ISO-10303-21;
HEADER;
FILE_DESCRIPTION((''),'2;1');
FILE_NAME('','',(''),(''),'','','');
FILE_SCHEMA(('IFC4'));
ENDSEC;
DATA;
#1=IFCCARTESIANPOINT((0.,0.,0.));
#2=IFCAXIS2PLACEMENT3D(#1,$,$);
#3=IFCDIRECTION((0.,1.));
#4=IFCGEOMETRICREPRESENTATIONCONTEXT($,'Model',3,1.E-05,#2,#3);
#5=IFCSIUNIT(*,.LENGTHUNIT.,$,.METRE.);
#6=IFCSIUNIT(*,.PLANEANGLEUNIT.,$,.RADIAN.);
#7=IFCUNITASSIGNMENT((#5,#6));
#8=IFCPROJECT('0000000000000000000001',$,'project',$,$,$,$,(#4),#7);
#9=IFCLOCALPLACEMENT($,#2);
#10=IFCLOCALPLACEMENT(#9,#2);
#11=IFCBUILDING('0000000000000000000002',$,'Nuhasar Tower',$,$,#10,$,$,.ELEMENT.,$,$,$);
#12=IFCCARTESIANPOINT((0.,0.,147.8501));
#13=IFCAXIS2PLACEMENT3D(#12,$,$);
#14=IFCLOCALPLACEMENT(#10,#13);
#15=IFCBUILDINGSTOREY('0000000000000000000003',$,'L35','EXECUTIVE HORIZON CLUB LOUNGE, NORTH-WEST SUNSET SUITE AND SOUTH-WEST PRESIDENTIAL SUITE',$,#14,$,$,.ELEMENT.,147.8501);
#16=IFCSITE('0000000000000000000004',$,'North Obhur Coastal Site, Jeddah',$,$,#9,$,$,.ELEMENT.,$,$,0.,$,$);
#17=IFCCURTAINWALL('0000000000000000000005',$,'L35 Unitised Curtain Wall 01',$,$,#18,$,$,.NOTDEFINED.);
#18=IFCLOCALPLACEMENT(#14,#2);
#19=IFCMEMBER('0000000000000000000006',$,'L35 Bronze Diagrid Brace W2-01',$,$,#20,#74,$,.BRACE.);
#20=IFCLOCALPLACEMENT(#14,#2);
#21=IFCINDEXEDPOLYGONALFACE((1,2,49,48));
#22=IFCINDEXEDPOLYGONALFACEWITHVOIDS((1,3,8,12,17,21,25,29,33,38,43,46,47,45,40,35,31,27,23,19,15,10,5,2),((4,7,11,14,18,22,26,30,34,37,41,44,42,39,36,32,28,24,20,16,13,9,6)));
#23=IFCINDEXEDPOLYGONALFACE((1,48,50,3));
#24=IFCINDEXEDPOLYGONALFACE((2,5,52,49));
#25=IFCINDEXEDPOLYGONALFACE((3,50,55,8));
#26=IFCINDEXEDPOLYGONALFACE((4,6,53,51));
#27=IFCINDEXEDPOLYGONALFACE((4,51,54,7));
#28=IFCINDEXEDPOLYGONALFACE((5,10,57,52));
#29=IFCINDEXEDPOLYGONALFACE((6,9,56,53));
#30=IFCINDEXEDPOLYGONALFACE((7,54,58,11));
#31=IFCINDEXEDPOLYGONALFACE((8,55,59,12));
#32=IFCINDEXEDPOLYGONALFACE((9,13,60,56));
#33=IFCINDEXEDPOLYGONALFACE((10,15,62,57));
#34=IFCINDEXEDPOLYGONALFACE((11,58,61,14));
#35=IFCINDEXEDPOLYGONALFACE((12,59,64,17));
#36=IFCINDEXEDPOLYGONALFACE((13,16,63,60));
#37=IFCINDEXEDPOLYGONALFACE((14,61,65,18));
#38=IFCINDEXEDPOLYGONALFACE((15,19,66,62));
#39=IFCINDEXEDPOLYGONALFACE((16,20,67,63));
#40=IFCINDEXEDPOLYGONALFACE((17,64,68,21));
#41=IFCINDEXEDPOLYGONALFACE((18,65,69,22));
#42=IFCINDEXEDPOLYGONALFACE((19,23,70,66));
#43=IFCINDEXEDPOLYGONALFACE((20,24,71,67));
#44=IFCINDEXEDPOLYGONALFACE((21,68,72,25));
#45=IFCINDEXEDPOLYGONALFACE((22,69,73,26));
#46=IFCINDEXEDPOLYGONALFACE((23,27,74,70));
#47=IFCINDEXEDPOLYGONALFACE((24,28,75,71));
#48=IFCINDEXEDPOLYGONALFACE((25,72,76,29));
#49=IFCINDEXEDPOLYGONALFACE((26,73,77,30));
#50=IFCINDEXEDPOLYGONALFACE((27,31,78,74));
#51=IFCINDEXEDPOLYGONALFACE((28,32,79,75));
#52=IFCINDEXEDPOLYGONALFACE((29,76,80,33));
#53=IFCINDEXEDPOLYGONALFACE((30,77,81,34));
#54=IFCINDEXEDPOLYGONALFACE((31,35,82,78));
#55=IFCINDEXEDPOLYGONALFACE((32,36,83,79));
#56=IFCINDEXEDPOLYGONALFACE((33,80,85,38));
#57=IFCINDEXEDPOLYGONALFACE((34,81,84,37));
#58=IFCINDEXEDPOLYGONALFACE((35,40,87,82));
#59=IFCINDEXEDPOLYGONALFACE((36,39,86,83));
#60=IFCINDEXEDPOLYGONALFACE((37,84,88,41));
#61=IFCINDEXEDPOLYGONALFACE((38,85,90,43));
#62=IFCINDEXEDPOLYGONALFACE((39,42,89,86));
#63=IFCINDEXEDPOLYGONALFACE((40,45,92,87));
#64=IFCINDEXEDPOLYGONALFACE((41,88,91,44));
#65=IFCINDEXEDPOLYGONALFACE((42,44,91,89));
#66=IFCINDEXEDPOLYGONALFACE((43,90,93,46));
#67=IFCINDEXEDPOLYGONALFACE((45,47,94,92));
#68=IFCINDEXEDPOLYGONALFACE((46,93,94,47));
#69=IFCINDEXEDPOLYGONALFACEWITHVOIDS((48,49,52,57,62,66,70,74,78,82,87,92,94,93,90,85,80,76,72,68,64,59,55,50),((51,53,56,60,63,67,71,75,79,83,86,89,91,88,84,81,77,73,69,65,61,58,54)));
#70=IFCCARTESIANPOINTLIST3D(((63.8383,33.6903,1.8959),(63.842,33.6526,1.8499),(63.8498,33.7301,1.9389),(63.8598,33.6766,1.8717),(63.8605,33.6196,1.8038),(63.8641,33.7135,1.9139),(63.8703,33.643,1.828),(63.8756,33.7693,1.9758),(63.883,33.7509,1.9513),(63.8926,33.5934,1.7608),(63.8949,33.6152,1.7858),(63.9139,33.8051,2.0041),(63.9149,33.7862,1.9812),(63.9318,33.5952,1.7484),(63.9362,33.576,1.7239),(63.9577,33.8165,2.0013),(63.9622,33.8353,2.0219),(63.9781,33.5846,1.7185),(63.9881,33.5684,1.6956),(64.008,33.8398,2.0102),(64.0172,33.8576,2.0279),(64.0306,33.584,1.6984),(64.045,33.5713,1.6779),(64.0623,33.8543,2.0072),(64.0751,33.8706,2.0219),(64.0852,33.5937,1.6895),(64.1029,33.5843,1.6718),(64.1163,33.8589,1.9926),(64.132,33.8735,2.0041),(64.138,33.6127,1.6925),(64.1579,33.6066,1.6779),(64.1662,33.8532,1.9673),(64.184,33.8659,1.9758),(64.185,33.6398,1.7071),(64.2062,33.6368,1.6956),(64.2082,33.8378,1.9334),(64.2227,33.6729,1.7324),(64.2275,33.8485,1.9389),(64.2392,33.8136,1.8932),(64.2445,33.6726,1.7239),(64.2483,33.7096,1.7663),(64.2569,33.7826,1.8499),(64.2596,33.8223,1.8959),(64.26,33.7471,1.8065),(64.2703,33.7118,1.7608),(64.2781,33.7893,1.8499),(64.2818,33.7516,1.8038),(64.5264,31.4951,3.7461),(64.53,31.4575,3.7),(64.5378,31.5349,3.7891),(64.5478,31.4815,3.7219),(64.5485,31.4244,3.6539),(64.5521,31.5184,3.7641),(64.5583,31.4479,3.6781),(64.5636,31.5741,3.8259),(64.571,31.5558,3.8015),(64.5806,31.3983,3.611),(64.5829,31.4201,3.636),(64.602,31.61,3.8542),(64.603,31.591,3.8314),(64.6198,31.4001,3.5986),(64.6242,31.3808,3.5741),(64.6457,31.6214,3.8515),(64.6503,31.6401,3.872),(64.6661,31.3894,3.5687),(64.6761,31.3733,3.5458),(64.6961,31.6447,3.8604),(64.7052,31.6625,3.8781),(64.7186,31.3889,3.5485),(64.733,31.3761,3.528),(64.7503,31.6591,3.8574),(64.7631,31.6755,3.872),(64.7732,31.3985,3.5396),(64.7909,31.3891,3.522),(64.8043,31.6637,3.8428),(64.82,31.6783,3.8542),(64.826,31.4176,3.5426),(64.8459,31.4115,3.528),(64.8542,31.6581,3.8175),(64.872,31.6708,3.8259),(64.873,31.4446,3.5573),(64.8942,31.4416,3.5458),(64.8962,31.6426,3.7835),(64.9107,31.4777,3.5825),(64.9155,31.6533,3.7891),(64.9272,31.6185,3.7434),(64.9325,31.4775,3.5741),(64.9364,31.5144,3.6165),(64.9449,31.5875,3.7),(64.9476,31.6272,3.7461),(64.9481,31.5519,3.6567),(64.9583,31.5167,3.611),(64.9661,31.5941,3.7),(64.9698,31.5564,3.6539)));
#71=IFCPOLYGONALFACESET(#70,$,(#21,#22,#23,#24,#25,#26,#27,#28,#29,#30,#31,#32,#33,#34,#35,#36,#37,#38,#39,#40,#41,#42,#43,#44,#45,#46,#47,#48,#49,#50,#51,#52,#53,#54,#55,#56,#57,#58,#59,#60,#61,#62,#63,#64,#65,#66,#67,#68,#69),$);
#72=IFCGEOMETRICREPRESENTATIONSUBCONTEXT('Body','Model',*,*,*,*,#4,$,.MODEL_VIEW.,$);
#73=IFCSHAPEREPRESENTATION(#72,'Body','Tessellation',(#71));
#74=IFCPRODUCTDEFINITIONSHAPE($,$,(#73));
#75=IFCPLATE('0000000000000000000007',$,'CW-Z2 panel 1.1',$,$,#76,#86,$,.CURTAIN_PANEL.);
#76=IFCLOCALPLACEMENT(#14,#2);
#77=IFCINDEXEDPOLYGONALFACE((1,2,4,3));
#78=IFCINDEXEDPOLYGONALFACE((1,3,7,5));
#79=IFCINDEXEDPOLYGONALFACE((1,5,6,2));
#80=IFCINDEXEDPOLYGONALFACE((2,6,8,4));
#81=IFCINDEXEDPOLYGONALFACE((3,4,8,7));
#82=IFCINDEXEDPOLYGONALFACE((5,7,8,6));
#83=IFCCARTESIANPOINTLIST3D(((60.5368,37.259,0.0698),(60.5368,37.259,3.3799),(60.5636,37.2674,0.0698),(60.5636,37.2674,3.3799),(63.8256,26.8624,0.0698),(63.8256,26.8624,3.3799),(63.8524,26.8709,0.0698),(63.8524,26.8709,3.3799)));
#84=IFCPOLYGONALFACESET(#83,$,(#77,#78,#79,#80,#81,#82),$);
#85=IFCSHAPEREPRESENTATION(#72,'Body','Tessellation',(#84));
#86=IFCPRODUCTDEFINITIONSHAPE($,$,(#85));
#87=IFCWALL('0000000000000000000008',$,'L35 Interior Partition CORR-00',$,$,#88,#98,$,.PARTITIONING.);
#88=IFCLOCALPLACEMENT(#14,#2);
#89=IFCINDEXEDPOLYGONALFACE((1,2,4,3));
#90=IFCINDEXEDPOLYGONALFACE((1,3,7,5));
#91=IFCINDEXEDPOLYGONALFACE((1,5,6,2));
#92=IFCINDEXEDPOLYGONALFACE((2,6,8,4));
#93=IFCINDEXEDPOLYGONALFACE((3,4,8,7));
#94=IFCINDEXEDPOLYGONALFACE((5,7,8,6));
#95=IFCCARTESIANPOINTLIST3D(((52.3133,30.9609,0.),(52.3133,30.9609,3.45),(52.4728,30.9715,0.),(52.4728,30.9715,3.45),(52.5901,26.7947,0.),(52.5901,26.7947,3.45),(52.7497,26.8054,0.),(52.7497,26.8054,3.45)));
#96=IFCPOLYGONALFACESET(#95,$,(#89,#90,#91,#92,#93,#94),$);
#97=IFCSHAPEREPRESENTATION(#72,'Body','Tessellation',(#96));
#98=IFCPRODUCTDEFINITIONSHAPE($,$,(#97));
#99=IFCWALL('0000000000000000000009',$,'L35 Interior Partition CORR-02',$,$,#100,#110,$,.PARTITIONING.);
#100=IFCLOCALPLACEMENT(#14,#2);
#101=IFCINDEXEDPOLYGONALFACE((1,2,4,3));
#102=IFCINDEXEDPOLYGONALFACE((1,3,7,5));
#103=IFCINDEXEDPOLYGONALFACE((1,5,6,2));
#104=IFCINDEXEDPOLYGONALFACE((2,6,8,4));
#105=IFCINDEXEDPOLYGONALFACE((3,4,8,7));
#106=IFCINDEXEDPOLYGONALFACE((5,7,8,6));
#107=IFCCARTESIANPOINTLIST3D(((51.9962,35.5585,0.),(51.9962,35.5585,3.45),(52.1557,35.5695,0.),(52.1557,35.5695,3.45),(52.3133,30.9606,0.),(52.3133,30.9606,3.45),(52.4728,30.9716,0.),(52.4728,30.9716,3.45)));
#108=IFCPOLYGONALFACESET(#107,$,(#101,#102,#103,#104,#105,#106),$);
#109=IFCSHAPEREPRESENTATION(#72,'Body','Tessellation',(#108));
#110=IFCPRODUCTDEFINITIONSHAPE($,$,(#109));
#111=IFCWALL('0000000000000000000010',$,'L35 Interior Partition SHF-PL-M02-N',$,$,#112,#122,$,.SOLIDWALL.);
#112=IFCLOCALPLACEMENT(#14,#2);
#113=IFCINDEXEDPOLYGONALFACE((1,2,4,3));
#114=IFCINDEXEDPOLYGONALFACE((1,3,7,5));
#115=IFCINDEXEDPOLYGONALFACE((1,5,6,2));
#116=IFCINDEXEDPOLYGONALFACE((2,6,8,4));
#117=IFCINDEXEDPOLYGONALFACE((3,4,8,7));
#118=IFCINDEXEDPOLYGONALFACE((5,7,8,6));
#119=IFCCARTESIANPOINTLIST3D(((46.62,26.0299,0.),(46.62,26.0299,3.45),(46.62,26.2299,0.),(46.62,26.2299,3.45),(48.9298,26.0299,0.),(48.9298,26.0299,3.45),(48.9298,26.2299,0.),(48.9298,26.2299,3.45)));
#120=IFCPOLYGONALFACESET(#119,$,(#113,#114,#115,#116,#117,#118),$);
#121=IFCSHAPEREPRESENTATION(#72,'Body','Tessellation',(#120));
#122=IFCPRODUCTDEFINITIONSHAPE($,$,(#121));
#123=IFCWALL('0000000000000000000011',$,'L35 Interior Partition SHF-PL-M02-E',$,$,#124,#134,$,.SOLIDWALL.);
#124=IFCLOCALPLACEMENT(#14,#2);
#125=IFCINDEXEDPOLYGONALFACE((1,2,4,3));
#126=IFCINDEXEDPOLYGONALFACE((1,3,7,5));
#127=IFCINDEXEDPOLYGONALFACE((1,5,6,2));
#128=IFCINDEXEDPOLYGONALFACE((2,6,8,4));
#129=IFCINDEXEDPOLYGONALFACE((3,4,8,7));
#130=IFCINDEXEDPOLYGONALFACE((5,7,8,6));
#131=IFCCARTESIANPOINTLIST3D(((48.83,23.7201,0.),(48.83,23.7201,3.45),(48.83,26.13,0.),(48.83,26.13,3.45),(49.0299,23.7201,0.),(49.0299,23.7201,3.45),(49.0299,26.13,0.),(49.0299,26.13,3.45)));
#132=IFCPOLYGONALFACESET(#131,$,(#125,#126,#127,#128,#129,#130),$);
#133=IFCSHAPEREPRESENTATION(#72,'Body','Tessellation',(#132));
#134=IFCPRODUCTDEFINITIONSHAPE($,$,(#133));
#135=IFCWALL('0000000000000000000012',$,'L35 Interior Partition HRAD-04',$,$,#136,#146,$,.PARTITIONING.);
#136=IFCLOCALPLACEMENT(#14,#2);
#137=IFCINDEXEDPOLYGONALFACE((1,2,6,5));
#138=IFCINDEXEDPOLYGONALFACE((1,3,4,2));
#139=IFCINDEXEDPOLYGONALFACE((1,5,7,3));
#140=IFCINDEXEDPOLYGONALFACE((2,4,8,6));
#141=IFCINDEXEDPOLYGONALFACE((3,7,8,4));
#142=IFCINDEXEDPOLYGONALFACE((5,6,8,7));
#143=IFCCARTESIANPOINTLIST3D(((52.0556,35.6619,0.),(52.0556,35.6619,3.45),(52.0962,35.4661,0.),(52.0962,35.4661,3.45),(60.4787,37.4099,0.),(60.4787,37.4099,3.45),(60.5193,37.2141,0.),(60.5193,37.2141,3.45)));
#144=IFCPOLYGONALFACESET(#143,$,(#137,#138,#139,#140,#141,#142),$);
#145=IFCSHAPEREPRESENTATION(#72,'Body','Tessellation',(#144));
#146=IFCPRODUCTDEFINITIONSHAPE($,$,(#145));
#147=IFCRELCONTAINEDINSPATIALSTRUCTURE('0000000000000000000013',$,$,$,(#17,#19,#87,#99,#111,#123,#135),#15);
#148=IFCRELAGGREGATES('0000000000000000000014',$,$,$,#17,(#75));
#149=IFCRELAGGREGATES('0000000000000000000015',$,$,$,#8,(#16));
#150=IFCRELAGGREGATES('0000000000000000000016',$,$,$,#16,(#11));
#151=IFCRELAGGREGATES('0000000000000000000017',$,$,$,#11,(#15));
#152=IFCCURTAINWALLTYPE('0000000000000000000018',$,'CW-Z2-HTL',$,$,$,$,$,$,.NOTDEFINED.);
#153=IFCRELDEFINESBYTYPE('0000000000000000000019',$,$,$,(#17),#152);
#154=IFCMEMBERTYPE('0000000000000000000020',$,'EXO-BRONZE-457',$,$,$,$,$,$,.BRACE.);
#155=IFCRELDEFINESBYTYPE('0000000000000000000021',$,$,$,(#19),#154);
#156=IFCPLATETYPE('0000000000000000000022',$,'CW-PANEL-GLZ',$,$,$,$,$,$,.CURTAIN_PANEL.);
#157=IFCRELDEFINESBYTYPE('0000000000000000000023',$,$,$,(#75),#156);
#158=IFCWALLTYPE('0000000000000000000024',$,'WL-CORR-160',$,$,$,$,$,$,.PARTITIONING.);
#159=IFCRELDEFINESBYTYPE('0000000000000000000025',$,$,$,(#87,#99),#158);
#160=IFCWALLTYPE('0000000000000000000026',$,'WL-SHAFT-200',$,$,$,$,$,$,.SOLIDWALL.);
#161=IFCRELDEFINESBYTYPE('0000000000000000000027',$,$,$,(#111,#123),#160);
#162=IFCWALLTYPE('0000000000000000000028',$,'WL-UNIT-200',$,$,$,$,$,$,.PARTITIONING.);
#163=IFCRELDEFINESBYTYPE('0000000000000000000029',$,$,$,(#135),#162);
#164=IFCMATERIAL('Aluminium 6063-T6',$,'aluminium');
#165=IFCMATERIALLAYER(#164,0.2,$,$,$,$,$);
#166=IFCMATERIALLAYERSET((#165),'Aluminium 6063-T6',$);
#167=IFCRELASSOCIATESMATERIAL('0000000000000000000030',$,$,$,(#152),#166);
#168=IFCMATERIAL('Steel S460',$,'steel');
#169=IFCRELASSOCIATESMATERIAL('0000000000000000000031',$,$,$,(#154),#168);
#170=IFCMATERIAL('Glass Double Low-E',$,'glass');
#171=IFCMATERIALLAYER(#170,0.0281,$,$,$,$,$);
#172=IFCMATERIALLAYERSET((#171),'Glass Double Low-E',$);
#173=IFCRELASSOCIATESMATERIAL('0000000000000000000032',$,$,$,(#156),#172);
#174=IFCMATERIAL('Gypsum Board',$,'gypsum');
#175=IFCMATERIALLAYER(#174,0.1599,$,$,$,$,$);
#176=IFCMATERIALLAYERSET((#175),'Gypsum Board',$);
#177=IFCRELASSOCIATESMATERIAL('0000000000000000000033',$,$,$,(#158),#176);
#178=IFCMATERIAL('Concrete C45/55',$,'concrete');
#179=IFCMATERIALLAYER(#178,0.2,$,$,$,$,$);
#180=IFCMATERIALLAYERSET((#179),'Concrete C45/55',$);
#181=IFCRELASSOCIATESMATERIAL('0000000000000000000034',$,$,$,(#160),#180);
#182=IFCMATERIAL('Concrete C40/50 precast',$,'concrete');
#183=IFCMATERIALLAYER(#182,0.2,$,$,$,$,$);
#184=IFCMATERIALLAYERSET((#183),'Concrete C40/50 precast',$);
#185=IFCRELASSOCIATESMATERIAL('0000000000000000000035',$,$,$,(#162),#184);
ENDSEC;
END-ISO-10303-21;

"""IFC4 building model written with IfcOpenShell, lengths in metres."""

from ifc_helpers import new_model, si_unit, direction, frame, frame_2d, origin, origin_2d, place, context, subcontext, project, spatial, rectangle, hollow_circle, extrude, material, layer, layer_set, material_profile, profile_set, type_object, element, aggregate, save


model = new_model("IFC4")

# Units and contexts
model_context = context("Model", 3, precision=1e-05, world=origin(), true_north=direction((0.0, 1.0)))
body_context = subcontext(model_context, "Body", "Model", "MODEL_VIEW")
ifc_project = project(units=[si_unit("LENGTHUNIT", "METRE"), si_unit("PLANEANGLEUNIT", "RADIAN")], contexts=[model_context])

# Site, building, storey
site_placement = place(None, origin())
site = spatial("IfcSite", under=ifc_project, at=site_placement, Name="North Obhur Coastal Site, Jeddah", CompositionType="ELEMENT", RefElevation=0.0)
building_placement = place(site_placement, origin())
building = spatial("IfcBuilding", under=site, at=building_placement, Name="Nuhasar Tower", CompositionType="ELEMENT")
storey_placement = place(building_placement, frame((0.0, 0.0, 147.8501)))
storey = spatial("IfcBuildingStorey", under=building, at=storey_placement, Name="L35", Description="EXECUTIVE HORIZON CLUB LOUNGE, NORTH-WEST SUNSET SUITE AND SOUTH-WEST PRESIDENTIAL SUITE", CompositionType="ELEMENT", Elevation=147.8501)

# Curtain wall
ifc_material_1 = material(Name="Aluminium 6063-T6", Category="aluminium")
ifc_layer_1 = layer(ifc_material_1, 0.2)
ifc_layer_set_1 = layer_set([ifc_layer_1], Name="Aluminium 6063-T6")
curtain_wall_type = type_object("IfcCurtainWallType", Name="CW-Z2-HTL", PredefinedType="NOTDEFINED", material=ifc_layer_set_1)
curtain_wall_1_placement = place(storey_placement, origin())
curtain_wall_1 = element("IfcCurtainWall", 1, at=curtain_wall_1_placement, inside=storey, type_object=curtain_wall_type, Name="L35 Unitised Curtain Wall 01", PredefinedType="NOTDEFINED")

# Member
ifc_material_2 = material(Name="Steel S460", Category="steel")
ifc_material_profile_1 = material_profile(ifc_material_2, hollow_circle(Radius=0.2285, WallThickness=0.0222, at=origin_2d()), Name="HSS457X22.2")
ifc_profile_set_1 = profile_set([ifc_material_profile_1], Name="Steel S460")
member_type_1 = type_object("IfcMemberType", Name="EXO-BRONZE-457", PredefinedType="BRACE", material=ifc_profile_set_1)
member_1_placement = place(storey_placement, frame((64.0601, 33.7209, 1.8499), z_axis=(0.233056, -0.743578, 0.626719), x_axis=(0.954228, 0.299079, 0.0)))
element("IfcMember", 2, at=member_1_placement, inside=storey, type_object=member_type_1, Name="L35 Bronze Diagrid Brace W2-01", PredefinedType="BRACE", context=body_context, shape_type="SweptSolid", body=[
    extrude(hollow_circle(Radius=0.2285, WallThickness=0.0222, at=origin_2d()), origin(), (0.0, 0.0, 1.0), 2.9521),
])

# Plate
ifc_material_3 = material(Name="Glass Double Low-E", Category="glass")
ifc_layer_2 = layer(ifc_material_3, 0.0281)
ifc_layer_set_2 = layer_set([ifc_layer_2], Name="Glass Double Low-E")
plate_type = type_object("IfcPlateType", Name="CW-PANEL-GLZ", PredefinedType="CURTAIN_PANEL", material=ifc_layer_set_2)
plate_placement = place(storey_placement, frame((62.1946, 32.0649, 0.0698), z_axis=(0.0, 0.0, 1.0), x_axis=(-0.301604, 0.953433, 0.0)))
plate = element("IfcPlate", 3, at=plate_placement, type_object=plate_type, Name="CW-Z2 panel 1.1", PredefinedType="CURTAIN_PANEL", context=body_context, shape_type="SweptSolid", body=[
    extrude(rectangle(XDim=10.9043, YDim=0.0281, at=origin_2d()), origin(), (0.0, 0.0, 1.0), 3.3101),
])
aggregate(curtain_wall_1, [plate])

# Walls
ifc_material_4 = material(Name="Gypsum Board", Category="gypsum")
ifc_layer_3 = layer(ifc_material_4, 0.1599)
ifc_layer_set_3 = layer_set([ifc_layer_3], Name="Gypsum Board")
wall_type_1 = type_object("IfcWallType", Name="WL-CORR-160", PredefinedType="PARTITIONING", material=ifc_layer_set_3)
wall_1_placement = place(storey_placement, frame((52.6699, 26.8, 0.0), z_axis=(0.0, 0.0, 1.0), x_axis=(-0.066309, 0.997799, 0.0)))
element("IfcWall", 4, at=wall_1_placement, inside=storey, type_object=wall_type_1, Name="L35 Interior Partition CORR-00", PredefinedType="PARTITIONING", context=body_context, shape_type="SweptSolid", body=[
    extrude(rectangle(XDim=4.1753, YDim=0.1599, at=frame_2d((2.0876, 0.0))), origin(), (0.0, 0.0, 1.0), 3.45),
])
wall_2_placement = place(storey_placement, frame((52.3931, 30.9661, 0.0), z_axis=(0.0, 0.0, 1.0), x_axis=(-0.068811, 0.99763, 0.0)))
element("IfcWall", 5, at=wall_2_placement, inside=storey, type_object=wall_type_1, Name="L35 Interior Partition CORR-02", PredefinedType="PARTITIONING", context=body_context, shape_type="SweptSolid", body=[
    extrude(rectangle(XDim=4.6089, YDim=0.1599, at=frame_2d((2.3044, 0.0))), origin(), (0.0, 0.0, 1.0), 3.45),
])
ifc_material_5 = material(Name="Concrete C45/55", Category="concrete")
ifc_layer_4 = layer(ifc_material_5, 0.2)
ifc_layer_set_4 = layer_set([ifc_layer_4], Name="Concrete C45/55")
wall_type_2 = type_object("IfcWallType", Name="WL-SHAFT-200", PredefinedType="SOLIDWALL", material=ifc_layer_set_4)
wall_3_placement = place(storey_placement, frame((46.6201, 26.1299, 0.0), z_axis=(0.0, 0.0, 1.0), x_axis=(1.0, 0.0, 0.0)))
element("IfcWall", 6, at=wall_3_placement, inside=storey, type_object=wall_type_2, Name="L35 Interior Partition SHF-PL-M02-N", PredefinedType="SOLIDWALL", context=body_context, shape_type="SweptSolid", body=[
    extrude(rectangle(XDim=2.3098, YDim=0.2, at=frame_2d((1.1548, 0.0))), origin(), (0.0, 0.0, 1.0), 3.45),
])
wall_4_placement = place(storey_placement, frame((48.9299, 23.72, 0.0), z_axis=(0.0, 0.0, 1.0), x_axis=(0.0, 1.0, 0.0)))
element("IfcWall", 7, at=wall_4_placement, inside=storey, type_object=wall_type_2, Name="L35 Interior Partition SHF-PL-M02-E", PredefinedType="SOLIDWALL", context=body_context, shape_type="SweptSolid", body=[
    extrude(rectangle(XDim=2.4099, YDim=0.2, at=frame_2d((1.2051, 0.0))), origin(), (0.0, 0.0, 1.0), 3.45),
])
ifc_material_6 = material(Name="Concrete C40/50 precast", Category="concrete")
ifc_layer_5 = layer(ifc_material_6, 0.2)
ifc_layer_set_5 = layer_set([ifc_layer_5], Name="Concrete C40/50 precast")
wall_type_3 = type_object("IfcWallType", Name="WL-UNIT-200", PredefinedType="PARTITIONING", material=ifc_layer_set_5)
wall_5_placement = place(storey_placement, frame((52.0759, 35.564, 0.0), z_axis=(0.0, 0.0, 1.0), x_axis=(0.979137, 0.203201, 0.0)))
element("IfcWall", 8, at=wall_5_placement, inside=storey, type_object=wall_type_3, Name="L35 Interior Partition HRAD-04", PredefinedType="PARTITIONING", context=body_context, shape_type="SweptSolid", body=[
    extrude(rectangle(XDim=8.6025, YDim=0.2, at=frame_2d((4.3013, 0.0))), origin(), (0.0, 0.0, 1.0), 3.45),
])

save(model, "model.ifc")
